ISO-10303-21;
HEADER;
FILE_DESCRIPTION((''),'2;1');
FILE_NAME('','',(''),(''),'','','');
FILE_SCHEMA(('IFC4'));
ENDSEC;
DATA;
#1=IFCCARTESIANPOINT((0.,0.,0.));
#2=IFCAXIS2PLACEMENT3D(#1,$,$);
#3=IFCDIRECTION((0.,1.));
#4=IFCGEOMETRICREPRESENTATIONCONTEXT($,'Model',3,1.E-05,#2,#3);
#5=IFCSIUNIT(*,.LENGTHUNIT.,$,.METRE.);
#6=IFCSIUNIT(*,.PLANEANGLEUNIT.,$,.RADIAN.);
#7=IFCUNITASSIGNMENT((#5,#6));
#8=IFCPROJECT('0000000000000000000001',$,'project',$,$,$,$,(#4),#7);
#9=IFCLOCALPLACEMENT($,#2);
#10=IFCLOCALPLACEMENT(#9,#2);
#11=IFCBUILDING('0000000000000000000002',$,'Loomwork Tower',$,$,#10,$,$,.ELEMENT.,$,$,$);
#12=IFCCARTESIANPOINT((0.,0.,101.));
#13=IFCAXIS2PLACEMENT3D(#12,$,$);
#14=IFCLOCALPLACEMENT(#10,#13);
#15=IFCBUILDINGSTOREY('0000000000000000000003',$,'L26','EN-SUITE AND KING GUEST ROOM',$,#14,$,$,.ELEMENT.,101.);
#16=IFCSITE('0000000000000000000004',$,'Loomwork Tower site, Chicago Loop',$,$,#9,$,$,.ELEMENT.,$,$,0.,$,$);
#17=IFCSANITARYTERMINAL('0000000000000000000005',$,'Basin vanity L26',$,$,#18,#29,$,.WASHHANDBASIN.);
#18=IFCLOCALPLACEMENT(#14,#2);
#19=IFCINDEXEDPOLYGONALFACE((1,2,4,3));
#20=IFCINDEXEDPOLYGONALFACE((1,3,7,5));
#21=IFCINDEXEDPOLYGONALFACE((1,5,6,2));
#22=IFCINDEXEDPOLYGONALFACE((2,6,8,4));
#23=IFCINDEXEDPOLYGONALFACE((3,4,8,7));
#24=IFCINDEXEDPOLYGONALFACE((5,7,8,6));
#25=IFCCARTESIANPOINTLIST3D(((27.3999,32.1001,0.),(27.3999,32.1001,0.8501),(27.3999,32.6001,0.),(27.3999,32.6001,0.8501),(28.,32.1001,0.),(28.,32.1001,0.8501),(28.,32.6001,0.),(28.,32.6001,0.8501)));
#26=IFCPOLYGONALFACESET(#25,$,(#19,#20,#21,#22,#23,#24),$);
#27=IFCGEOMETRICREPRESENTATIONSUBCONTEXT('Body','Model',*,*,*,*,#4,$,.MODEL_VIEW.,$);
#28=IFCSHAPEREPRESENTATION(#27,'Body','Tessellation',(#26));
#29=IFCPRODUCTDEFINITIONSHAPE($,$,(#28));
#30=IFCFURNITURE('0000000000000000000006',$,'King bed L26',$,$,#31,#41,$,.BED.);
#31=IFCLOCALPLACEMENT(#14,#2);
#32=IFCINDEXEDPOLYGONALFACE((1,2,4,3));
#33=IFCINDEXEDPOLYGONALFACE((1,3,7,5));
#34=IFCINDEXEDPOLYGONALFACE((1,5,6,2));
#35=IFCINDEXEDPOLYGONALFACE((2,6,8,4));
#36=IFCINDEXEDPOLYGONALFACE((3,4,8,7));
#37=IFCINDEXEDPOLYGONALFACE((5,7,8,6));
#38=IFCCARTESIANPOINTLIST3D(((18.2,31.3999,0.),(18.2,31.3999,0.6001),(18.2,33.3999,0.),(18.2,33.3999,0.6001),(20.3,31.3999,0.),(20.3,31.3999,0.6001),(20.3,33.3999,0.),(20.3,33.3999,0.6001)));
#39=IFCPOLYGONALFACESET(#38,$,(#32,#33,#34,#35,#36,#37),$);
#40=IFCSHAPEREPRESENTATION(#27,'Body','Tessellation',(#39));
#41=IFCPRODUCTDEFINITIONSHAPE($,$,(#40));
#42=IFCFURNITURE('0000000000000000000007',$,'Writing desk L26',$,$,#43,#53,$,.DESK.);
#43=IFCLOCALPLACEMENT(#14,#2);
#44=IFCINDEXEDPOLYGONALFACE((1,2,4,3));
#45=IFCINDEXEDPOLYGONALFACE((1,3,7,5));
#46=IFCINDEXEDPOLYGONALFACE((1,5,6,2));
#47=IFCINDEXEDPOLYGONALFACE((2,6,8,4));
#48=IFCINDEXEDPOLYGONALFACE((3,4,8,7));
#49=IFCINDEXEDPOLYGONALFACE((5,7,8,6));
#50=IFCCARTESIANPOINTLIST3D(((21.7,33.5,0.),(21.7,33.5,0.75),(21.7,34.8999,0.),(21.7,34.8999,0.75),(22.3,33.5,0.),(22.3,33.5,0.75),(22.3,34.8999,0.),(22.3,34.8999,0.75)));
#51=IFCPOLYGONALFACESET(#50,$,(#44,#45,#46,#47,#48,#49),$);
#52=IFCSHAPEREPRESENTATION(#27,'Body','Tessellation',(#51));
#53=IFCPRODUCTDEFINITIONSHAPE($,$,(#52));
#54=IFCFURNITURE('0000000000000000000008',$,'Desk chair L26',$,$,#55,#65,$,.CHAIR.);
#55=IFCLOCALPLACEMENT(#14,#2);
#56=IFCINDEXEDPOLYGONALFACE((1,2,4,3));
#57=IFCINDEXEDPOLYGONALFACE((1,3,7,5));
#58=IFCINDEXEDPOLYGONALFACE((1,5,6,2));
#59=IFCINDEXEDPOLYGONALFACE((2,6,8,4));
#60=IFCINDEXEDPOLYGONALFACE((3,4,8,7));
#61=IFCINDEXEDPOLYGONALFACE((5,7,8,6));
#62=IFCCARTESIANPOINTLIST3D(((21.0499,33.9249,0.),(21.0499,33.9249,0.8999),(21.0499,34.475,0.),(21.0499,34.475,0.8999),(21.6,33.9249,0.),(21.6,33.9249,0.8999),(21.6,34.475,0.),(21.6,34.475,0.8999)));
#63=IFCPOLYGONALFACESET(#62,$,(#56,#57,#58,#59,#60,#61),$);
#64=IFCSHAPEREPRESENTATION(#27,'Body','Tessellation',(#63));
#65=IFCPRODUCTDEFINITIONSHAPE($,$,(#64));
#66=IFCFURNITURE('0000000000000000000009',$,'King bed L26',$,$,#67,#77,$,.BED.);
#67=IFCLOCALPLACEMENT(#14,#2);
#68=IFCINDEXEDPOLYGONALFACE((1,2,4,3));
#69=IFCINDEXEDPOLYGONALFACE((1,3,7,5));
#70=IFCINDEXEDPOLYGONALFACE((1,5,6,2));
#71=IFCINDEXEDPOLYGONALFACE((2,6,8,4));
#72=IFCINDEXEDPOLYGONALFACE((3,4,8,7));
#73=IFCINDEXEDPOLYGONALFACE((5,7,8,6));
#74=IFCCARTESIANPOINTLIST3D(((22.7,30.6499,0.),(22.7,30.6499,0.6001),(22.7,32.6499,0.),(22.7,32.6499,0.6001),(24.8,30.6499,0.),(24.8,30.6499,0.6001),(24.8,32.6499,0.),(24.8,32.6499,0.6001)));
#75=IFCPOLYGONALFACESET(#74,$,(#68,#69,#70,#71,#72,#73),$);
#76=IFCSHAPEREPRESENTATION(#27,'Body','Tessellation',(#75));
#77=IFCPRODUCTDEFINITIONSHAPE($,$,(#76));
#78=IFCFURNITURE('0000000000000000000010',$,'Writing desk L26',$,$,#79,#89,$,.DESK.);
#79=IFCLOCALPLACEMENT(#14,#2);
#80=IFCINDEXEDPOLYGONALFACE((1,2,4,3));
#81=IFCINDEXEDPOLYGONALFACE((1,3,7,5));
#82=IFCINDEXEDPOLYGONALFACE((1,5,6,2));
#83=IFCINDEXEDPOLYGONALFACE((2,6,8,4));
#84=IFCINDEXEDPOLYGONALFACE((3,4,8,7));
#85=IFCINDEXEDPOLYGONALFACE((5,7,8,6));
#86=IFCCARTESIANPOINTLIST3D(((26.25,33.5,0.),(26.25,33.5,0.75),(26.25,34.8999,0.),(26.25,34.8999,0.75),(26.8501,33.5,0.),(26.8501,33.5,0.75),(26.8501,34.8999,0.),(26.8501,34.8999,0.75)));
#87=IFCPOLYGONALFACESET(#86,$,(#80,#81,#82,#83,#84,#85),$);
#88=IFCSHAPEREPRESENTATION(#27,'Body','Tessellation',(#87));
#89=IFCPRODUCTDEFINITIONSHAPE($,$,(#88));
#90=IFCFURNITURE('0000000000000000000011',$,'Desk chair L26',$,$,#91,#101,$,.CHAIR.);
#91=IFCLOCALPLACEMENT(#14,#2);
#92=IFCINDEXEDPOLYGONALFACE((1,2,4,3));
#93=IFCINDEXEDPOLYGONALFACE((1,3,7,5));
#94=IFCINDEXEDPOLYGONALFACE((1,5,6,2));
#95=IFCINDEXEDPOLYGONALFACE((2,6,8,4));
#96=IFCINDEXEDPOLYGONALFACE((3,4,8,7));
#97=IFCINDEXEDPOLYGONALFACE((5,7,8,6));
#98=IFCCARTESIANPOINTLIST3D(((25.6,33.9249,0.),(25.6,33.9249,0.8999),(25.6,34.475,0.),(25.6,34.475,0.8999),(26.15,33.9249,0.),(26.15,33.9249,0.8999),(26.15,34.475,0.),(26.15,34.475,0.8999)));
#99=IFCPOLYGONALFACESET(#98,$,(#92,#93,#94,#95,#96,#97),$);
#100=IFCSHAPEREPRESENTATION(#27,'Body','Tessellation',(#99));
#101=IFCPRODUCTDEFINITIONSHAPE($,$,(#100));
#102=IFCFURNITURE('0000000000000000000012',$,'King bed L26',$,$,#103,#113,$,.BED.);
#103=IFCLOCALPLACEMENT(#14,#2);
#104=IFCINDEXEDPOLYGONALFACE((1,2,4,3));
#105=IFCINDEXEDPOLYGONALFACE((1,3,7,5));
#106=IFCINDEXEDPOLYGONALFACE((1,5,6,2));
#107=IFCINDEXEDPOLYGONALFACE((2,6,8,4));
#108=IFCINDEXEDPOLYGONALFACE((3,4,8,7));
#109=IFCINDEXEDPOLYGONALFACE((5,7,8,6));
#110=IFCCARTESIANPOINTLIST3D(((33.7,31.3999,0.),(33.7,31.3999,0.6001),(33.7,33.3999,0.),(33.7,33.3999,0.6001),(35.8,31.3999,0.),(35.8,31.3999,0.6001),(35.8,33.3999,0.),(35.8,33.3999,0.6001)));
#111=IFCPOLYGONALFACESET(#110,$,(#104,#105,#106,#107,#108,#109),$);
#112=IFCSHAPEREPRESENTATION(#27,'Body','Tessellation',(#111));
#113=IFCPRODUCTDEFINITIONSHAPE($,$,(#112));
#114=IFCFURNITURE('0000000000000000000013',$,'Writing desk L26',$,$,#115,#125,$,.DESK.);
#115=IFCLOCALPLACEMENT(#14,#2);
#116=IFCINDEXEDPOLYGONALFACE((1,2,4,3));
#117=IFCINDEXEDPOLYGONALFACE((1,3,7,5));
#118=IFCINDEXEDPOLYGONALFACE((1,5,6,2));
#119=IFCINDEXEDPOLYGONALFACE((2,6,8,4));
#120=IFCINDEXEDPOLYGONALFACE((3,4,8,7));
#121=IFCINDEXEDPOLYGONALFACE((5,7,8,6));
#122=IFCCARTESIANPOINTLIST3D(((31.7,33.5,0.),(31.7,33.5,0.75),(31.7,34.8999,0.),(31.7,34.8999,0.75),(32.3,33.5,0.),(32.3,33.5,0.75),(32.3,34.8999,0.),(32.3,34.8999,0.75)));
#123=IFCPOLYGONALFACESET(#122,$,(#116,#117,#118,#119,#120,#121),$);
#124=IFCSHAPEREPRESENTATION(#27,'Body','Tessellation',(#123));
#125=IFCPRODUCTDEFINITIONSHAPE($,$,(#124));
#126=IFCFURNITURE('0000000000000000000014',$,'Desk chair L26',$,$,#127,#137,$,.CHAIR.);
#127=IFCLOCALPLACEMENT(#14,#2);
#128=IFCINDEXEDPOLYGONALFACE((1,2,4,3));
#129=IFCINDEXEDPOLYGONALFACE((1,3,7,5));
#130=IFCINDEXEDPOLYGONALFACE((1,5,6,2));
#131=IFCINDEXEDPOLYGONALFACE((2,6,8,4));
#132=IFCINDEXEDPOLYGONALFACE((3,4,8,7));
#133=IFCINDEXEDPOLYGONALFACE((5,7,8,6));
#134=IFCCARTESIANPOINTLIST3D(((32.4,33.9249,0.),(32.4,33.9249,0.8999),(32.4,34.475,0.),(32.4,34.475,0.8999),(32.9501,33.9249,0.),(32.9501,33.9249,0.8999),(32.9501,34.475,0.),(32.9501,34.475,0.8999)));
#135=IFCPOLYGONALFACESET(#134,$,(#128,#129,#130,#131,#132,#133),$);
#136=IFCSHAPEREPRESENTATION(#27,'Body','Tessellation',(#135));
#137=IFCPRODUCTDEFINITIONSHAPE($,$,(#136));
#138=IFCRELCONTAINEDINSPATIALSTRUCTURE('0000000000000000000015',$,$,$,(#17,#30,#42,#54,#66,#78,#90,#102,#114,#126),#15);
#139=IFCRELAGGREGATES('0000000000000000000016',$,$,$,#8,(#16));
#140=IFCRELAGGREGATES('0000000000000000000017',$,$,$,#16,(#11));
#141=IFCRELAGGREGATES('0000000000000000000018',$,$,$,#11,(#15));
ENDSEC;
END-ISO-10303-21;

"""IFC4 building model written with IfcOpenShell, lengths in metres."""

from ifc_helpers import new_model, si_unit, direction, frame, origin, origin_2d, place, context, subcontext, project, spatial, rectangle, extrude, element, save


model = new_model("IFC4")

# Units and contexts
model_context = context("Model", 3, precision=1e-05, world=origin(), true_north=direction((0.0, 1.0)))
body_context = subcontext(model_context, "Body", "Model", "MODEL_VIEW")
ifc_project = project(units=[si_unit("LENGTHUNIT", "METRE"), si_unit("PLANEANGLEUNIT", "RADIAN")], contexts=[model_context])

# Site, building, storey
site_placement = place(None, origin())
site = spatial("IfcSite", under=ifc_project, at=site_placement, Name="Loomwork Tower site, Chicago Loop", CompositionType="ELEMENT", RefElevation=0.0)
building_placement = place(site_placement, origin())
building = spatial("IfcBuilding", under=site, at=building_placement, Name="Loomwork Tower", CompositionType="ELEMENT")
storey_placement = place(building_placement, frame((0.0, 0.0, 101.0)))
storey = spatial("IfcBuildingStorey", under=building, at=storey_placement, Name="L26", Description="EN-SUITE AND KING GUEST ROOM", CompositionType="ELEMENT", Elevation=101.0)

# Sanitary terminal
sanitary_terminal_1_placement = place(storey_placement, frame((27.7, 32.3501, 0.0), z_axis=(0.0, 0.0, 1.0), x_axis=(1.0, 0.0, 0.0)))
element("IfcSanitaryTerminal", 1, at=sanitary_terminal_1_placement, inside=storey, Name="Basin vanity L26", PredefinedType="WASHHANDBASIN", context=body_context, shape_type="SweptSolid", body=[
    extrude(rectangle(XDim=0.6001, YDim=0.5, at=origin_2d()), origin(), (0.0, 0.0, 1.0), 0.8501),
])

# Furniture
furniture_1_placement = place(storey_placement, frame((19.25, 32.3999, 0.0), z_axis=(0.0, 0.0, 1.0), x_axis=(1.0, 0.0, 0.0)))
element("IfcFurniture", 2, at=furniture_1_placement, inside=storey, Name="King bed L26", PredefinedType="BED", context=body_context, shape_type="SweptSolid", body=[
    extrude(rectangle(XDim=2.1001, YDim=2.0, at=origin_2d()), origin(), (0.0, 0.0, 1.0), 0.6001),
])
furniture_2_placement = place(storey_placement, frame((22.0, 34.2, 0.0), z_axis=(0.0, 0.0, 1.0), x_axis=(1.0, 0.0, 0.0)))
element("IfcFurniture", 3, at=furniture_2_placement, inside=storey, Name="Writing desk L26", PredefinedType="DESK", context=body_context, shape_type="SweptSolid", body=[
    extrude(rectangle(XDim=0.6001, YDim=1.3999, at=origin_2d()), origin(), (0.0, 0.0, 1.0), 0.75),
])
furniture_3_placement = place(storey_placement, frame((21.325, 34.2, 0.0), z_axis=(0.0, 0.0, 1.0), x_axis=(1.0, 0.0, 0.0)))
element("IfcFurniture", 4, at=furniture_3_placement, inside=storey, Name="Desk chair L26", PredefinedType="CHAIR", context=body_context, shape_type="SweptSolid", body=[
    extrude(rectangle(XDim=0.55, YDim=0.55, at=origin_2d()), origin(), (0.0, 0.0, 1.0), 0.8999),
])
furniture_4_placement = place(storey_placement, frame((23.75, 31.6499, 0.0), z_axis=(0.0, 0.0, 1.0), x_axis=(1.0, 0.0, 0.0)))
element("IfcFurniture", 5, at=furniture_4_placement, inside=storey, Name="King bed L26", PredefinedType="BED", context=body_context, shape_type="SweptSolid", body=[
    extrude(rectangle(XDim=2.1001, YDim=2.0, at=origin_2d()), origin(), (0.0, 0.0, 1.0), 0.6001),
])
furniture_5_placement = place(storey_placement, frame((26.55, 34.2, 0.0), z_axis=(0.0, 0.0, 1.0), x_axis=(1.0, 0.0, 0.0)))
element("IfcFurniture", 6, at=furniture_5_placement, inside=storey, Name="Writing desk L26", PredefinedType="DESK", context=body_context, shape_type="SweptSolid", body=[
    extrude(rectangle(XDim=0.6001, YDim=1.3999, at=origin_2d()), origin(), (0.0, 0.0, 1.0), 0.75),
])
furniture_6_placement = place(storey_placement, frame((25.875, 34.2, 0.0), z_axis=(0.0, 0.0, 1.0), x_axis=(1.0, 0.0, 0.0)))
element("IfcFurniture", 7, at=furniture_6_placement, inside=storey, Name="Desk chair L26", PredefinedType="CHAIR", context=body_context, shape_type="SweptSolid", body=[
    extrude(rectangle(XDim=0.55, YDim=0.55, at=origin_2d()), origin(), (0.0, 0.0, 1.0), 0.8999),
])
furniture_7_placement = place(storey_placement, frame((34.75, 32.3999, 0.0), z_axis=(0.0, 0.0, 1.0), x_axis=(1.0, 0.0, 0.0)))
element("IfcFurniture", 8, at=furniture_7_placement, inside=storey, Name="King bed L26", PredefinedType="BED", context=body_context, shape_type="SweptSolid", body=[
    extrude(rectangle(XDim=2.1001, YDim=2.0, at=origin_2d()), origin(), (0.0, 0.0, 1.0), 0.6001),
])
furniture_8_placement = place(storey_placement, frame((32.0, 34.2, 0.0), z_axis=(0.0, 0.0, 1.0), x_axis=(1.0, 0.0, 0.0)))
element("IfcFurniture", 9, at=furniture_8_placement, inside=storey, Name="Writing desk L26", PredefinedType="DESK", context=body_context, shape_type="SweptSolid", body=[
    extrude(rectangle(XDim=0.6001, YDim=1.3999, at=origin_2d()), origin(), (0.0, 0.0, 1.0), 0.75),
])
furniture_9_placement = place(storey_placement, frame((32.675, 34.2, 0.0), z_axis=(0.0, 0.0, 1.0), x_axis=(1.0, 0.0, 0.0)))
element("IfcFurniture", 10, at=furniture_9_placement, inside=storey, Name="Desk chair L26", PredefinedType="CHAIR", context=body_context, shape_type="SweptSolid", body=[
    extrude(rectangle(XDim=0.55, YDim=0.55, at=origin_2d()), origin(), (0.0, 0.0, 1.0), 0.8999),
])

save(model, "model.ifc")
